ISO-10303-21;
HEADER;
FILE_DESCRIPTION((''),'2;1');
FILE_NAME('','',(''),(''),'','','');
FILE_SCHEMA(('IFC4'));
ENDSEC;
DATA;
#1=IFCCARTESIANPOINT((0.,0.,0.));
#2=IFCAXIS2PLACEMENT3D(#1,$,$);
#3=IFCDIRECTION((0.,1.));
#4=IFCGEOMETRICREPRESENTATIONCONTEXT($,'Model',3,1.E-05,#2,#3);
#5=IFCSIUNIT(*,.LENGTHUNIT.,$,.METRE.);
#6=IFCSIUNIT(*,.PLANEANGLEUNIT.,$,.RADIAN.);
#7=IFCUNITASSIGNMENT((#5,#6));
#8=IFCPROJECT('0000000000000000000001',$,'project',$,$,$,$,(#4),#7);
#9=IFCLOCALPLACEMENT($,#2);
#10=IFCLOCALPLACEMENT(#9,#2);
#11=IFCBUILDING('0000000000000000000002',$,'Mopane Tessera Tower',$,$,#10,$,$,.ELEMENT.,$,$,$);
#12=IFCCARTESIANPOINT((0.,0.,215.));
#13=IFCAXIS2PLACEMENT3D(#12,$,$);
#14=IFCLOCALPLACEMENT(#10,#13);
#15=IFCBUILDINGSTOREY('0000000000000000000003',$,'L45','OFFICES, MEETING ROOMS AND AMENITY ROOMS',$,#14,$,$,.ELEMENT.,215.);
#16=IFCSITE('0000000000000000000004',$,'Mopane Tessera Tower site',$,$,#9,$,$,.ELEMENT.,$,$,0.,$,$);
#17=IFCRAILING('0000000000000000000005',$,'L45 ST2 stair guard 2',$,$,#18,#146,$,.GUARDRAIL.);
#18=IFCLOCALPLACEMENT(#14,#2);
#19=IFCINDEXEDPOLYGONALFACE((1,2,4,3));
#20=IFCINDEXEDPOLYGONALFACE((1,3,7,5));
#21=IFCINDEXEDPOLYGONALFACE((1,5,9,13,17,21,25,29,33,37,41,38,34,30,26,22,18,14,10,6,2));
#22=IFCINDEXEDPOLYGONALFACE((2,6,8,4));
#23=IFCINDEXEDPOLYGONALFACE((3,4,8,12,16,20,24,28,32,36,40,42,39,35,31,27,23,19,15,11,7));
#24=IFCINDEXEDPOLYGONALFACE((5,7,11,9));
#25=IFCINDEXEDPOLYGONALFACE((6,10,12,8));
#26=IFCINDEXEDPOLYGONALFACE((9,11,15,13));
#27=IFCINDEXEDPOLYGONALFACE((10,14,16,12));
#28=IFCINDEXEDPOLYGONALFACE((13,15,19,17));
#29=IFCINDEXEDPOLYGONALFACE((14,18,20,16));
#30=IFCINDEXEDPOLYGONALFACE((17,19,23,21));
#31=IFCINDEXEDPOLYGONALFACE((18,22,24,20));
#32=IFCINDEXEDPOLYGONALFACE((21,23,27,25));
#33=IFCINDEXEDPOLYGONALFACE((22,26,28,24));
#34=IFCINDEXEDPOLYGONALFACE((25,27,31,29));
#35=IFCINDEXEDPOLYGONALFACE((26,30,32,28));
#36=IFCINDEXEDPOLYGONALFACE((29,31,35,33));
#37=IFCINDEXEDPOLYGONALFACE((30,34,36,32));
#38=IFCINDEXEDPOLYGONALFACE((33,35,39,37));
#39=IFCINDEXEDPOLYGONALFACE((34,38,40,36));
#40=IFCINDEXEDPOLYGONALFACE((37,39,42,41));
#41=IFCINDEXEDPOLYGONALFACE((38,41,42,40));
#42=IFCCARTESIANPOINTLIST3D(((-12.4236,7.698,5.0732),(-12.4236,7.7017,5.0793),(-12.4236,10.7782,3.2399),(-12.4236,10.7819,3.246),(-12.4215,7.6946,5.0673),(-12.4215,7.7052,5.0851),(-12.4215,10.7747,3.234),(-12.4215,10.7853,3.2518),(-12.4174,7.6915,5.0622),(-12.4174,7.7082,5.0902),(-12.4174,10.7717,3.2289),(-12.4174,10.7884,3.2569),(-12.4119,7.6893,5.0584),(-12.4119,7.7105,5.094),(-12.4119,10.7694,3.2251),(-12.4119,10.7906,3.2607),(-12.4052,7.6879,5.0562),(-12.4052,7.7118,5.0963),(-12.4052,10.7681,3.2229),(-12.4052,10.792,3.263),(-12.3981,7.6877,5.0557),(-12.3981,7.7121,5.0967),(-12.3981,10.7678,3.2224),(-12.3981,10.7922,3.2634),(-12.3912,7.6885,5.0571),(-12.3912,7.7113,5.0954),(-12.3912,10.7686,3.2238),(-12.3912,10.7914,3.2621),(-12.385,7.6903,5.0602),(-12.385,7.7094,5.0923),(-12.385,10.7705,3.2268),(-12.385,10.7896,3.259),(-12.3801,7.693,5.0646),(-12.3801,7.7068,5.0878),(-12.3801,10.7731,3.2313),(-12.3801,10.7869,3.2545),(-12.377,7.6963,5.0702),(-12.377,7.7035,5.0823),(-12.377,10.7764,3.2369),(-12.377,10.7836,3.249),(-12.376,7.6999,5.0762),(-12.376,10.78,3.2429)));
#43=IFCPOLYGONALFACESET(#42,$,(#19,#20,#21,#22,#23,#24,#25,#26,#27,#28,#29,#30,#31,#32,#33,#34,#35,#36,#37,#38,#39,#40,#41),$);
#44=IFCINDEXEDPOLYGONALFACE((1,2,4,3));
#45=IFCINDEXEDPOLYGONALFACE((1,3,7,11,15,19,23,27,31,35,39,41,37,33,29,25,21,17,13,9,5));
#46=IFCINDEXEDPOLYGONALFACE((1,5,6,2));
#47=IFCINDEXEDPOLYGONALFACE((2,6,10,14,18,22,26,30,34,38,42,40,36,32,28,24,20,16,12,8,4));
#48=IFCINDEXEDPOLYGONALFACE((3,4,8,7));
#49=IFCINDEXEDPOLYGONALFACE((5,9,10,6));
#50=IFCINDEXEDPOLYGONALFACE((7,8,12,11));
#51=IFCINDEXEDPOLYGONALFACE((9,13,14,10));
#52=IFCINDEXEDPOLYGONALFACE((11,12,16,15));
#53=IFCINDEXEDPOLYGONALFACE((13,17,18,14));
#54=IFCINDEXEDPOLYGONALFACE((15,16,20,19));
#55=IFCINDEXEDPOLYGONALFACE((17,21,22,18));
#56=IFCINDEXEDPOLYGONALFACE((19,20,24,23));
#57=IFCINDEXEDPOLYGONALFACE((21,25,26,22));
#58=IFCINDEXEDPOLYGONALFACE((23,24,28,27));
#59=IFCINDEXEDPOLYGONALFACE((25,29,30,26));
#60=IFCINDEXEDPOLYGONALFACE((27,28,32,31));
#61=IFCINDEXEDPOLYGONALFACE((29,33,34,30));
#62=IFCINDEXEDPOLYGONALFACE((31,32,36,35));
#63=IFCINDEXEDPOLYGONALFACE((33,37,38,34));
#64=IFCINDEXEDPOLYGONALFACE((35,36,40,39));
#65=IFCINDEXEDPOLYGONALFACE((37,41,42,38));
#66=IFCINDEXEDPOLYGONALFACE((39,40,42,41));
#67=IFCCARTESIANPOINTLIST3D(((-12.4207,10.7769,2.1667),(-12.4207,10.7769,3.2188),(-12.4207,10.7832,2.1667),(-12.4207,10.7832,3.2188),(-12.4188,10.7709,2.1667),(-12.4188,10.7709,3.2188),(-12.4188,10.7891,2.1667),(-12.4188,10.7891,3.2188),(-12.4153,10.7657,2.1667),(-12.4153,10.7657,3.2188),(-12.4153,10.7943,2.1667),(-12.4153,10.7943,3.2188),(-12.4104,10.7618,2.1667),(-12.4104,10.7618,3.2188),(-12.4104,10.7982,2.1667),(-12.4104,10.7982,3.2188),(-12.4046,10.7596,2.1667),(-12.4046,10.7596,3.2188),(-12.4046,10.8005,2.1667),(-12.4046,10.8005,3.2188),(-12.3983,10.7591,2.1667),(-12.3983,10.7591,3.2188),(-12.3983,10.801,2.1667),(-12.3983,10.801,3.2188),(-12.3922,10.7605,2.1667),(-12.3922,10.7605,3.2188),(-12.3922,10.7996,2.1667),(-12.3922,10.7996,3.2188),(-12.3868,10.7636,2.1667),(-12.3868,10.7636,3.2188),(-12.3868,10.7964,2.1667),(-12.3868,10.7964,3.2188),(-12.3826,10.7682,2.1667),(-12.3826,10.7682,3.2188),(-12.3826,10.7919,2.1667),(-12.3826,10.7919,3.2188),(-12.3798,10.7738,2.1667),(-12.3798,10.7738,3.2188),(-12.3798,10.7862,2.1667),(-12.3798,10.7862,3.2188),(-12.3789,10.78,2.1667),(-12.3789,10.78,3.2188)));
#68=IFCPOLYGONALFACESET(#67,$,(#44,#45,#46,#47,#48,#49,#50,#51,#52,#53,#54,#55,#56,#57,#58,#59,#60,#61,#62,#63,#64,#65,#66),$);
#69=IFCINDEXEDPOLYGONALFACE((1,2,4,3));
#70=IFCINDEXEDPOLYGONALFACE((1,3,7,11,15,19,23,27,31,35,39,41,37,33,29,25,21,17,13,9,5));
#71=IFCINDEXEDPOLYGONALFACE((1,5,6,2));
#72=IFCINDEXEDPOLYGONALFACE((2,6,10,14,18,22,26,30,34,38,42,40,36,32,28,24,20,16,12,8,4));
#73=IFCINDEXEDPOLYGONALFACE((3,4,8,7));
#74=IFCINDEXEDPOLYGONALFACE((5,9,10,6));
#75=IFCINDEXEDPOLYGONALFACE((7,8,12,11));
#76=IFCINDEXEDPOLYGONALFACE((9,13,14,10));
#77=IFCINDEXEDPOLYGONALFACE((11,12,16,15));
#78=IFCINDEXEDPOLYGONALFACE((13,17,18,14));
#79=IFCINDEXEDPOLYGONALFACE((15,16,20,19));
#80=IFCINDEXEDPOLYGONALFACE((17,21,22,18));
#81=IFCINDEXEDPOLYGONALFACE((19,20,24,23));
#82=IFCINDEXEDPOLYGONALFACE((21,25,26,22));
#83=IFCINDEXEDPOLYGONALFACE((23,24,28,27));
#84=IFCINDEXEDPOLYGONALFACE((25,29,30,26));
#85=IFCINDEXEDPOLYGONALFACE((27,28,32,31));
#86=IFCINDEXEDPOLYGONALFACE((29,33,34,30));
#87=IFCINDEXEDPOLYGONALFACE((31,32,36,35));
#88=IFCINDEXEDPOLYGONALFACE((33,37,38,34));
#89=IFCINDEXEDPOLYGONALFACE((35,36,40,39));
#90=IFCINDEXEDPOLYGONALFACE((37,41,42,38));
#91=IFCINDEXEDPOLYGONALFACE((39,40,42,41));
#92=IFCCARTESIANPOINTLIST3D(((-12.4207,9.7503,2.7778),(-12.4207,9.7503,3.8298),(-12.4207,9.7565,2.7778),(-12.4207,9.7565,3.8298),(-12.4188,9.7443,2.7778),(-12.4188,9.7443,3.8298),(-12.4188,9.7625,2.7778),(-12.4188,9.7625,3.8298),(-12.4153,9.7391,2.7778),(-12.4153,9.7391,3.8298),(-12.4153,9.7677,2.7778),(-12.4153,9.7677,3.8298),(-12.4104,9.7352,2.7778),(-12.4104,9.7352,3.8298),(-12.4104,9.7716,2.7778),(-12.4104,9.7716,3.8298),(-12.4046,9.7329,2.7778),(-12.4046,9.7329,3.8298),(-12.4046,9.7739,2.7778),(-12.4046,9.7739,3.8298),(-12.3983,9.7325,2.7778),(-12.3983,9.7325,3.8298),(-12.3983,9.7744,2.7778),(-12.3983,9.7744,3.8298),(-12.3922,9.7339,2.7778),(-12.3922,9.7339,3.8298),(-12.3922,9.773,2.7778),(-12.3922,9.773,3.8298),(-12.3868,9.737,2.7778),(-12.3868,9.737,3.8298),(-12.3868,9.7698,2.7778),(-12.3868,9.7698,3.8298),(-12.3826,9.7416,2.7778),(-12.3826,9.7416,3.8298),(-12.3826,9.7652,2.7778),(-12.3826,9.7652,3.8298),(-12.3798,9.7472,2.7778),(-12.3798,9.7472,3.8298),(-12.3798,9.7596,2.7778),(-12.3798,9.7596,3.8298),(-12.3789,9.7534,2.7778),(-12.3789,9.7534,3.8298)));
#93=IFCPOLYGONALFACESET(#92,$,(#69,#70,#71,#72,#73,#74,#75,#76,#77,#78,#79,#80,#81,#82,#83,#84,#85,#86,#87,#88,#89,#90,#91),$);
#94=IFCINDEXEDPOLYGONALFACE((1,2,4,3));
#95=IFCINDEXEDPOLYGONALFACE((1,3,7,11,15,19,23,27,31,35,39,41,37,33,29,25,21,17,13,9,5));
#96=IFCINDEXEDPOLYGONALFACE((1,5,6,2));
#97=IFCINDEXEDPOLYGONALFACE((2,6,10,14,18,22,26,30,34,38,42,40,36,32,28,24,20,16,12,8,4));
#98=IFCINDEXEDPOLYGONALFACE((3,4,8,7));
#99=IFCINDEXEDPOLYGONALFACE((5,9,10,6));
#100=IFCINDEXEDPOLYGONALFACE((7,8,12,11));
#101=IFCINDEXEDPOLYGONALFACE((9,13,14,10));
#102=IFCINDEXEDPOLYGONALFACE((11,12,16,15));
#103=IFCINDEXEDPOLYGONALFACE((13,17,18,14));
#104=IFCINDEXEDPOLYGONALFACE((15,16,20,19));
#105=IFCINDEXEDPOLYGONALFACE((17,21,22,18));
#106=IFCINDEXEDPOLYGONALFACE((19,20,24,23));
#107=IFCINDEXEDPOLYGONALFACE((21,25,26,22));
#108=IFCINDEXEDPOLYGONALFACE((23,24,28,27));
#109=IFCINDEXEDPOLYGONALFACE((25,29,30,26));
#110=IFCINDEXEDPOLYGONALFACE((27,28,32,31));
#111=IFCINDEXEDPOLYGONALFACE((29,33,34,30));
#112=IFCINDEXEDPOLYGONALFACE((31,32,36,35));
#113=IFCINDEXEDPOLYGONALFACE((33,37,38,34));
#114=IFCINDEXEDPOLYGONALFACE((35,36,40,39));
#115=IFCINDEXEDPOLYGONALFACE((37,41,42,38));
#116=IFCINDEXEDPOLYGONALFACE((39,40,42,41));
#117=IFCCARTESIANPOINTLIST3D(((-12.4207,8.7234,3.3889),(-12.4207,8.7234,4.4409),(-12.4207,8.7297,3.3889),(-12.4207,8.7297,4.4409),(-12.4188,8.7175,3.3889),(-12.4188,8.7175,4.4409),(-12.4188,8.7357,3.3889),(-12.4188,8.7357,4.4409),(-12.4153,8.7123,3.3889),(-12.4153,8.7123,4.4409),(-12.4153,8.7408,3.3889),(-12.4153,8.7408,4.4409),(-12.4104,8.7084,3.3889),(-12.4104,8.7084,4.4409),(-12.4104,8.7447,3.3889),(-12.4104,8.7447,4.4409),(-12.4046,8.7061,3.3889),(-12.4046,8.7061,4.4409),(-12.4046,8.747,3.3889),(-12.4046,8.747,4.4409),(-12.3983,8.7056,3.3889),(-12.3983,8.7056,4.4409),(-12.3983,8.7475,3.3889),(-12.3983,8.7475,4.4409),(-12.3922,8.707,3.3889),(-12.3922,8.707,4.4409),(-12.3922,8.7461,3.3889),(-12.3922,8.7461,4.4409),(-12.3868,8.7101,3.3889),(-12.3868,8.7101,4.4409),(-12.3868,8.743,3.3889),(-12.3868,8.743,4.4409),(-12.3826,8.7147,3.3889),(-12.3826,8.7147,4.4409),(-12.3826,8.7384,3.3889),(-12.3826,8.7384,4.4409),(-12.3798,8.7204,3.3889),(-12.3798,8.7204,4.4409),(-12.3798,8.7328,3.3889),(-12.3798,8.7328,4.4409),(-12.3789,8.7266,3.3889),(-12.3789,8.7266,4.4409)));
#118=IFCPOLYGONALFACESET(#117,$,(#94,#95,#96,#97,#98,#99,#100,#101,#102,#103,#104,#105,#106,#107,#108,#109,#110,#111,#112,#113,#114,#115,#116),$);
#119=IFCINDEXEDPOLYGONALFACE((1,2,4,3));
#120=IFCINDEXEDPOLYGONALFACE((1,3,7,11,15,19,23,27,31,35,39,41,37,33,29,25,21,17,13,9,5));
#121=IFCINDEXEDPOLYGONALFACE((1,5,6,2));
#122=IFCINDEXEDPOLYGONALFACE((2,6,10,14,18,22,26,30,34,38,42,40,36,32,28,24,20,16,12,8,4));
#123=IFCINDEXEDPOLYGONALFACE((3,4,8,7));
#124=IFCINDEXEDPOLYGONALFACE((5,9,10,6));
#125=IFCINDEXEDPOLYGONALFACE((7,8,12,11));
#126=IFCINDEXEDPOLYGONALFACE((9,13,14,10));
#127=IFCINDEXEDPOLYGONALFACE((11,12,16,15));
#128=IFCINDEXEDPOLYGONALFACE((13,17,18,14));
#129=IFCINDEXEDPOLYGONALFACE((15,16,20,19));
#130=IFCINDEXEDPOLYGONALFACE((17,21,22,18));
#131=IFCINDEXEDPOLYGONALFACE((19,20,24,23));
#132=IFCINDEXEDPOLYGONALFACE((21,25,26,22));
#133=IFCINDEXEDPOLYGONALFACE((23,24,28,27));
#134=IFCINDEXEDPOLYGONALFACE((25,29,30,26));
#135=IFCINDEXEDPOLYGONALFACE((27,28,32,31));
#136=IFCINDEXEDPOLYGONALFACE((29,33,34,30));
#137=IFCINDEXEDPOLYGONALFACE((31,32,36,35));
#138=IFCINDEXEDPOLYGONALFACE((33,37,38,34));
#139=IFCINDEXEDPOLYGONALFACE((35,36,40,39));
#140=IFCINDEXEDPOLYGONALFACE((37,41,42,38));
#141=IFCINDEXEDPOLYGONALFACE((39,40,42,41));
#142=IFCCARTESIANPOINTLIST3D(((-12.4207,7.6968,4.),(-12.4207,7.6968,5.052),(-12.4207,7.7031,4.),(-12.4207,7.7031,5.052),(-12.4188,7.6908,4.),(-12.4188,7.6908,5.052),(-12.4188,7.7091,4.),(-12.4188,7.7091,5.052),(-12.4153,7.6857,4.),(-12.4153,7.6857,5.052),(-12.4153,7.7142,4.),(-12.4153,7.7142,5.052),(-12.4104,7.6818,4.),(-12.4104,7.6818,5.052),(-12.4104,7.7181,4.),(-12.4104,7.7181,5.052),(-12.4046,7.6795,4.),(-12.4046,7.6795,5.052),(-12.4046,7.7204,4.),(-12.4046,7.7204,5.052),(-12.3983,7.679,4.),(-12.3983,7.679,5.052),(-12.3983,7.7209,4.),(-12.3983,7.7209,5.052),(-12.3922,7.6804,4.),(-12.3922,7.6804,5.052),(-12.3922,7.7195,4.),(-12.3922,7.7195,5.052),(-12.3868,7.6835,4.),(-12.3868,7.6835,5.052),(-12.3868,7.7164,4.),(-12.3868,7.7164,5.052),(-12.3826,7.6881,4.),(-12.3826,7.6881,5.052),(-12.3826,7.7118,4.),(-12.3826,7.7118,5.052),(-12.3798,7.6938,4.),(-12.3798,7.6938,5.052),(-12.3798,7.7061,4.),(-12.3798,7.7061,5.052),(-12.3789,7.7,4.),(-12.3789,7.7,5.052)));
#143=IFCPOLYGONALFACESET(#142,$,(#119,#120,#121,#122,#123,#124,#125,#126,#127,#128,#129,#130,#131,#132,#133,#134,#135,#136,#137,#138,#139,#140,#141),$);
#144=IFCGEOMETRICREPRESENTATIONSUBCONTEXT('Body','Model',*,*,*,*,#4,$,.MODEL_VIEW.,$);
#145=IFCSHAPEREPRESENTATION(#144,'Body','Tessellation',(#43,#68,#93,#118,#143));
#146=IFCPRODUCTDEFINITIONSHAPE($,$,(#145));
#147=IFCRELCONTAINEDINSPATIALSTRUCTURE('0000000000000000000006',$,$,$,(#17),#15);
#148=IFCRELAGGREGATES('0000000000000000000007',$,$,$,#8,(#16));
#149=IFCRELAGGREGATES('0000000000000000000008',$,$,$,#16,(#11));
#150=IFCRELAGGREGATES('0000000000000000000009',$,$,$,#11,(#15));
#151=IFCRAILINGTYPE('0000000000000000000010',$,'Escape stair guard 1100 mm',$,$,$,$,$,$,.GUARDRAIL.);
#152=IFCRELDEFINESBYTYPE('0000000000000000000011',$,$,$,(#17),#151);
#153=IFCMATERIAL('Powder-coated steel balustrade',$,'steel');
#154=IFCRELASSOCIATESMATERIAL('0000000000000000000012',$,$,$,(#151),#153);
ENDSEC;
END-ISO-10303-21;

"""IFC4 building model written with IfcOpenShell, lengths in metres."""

from ifc_helpers import new_model, si_unit, direction, frame, origin, origin_2d, place, context, subcontext, project, spatial, circle, extrude, material, type_object, element, save


model = new_model("IFC4")

# Units and contexts
model_context = context("Model", 3, precision=1e-05, world=origin(), true_north=direction((0.0, 1.0)))
body_context = subcontext(model_context, "Body", "Model", "MODEL_VIEW")
ifc_project = project(units=[si_unit("LENGTHUNIT", "METRE"), si_unit("PLANEANGLEUNIT", "RADIAN")], contexts=[model_context])

# Site, building, storey
site_placement = place(None, origin())
site = spatial("IfcSite", under=ifc_project, at=site_placement, Name="Mopane Tessera Tower site", CompositionType="ELEMENT", RefElevation=0.0)
building_placement = place(site_placement, origin())
building = spatial("IfcBuilding", under=site, at=building_placement, Name="Mopane Tessera Tower", CompositionType="ELEMENT")
storey_placement = place(building_placement, frame((0.0, 0.0, 215.0)))
storey = spatial("IfcBuildingStorey", under=building, at=storey_placement, Name="L45", Description="OFFICES, MEETING ROOMS AND AMENITY ROOMS", CompositionType="ELEMENT", Elevation=215.0)

# Railing
ifc_material_1 = material(Name="Powder-coated steel balustrade", Category="steel")
railing_type_1 = type_object("IfcRailingType", Name="Escape stair guard 1100 mm", PredefinedType="GUARDRAIL", material=ifc_material_1)
railing_1_placement = place(storey_placement, frame((-12.3999, 10.78, 2.1667)))
element("IfcRailing", 1, at=railing_1_placement, inside=storey, type_object=railing_type_1, Name="L45 ST2 stair guard 2", PredefinedType="GUARDRAIL", context=body_context, shape_type="SweptSolid", body=[
    extrude(circle(Radius=0.0239, at=origin_2d()), frame((0.0, 0.0, 1.0762), z_axis=(0.0, -0.859309, 0.511458), x_axis=(1.0, 0.0, 0.0)), (0.0, 0.0, 1.0), 3.5845),
    extrude(circle(Radius=0.021, at=origin_2d()), origin(), (0.0, 0.0, 1.0), 1.052),
    extrude(circle(Radius=0.021, at=origin_2d()), frame((0.0, -1.0266, 0.6111)), (0.0, 0.0, 1.0), 1.052),
    extrude(circle(Radius=0.021, at=origin_2d()), frame((0.0, -2.0535, 1.2222)), (0.0, 0.0, 1.0), 1.052),
    extrude(circle(Radius=0.021, at=origin_2d()), frame((0.0, -3.0801, 1.8333)), (0.0, 0.0, 1.0), 1.052),
])

save(model, "model.ifc")
